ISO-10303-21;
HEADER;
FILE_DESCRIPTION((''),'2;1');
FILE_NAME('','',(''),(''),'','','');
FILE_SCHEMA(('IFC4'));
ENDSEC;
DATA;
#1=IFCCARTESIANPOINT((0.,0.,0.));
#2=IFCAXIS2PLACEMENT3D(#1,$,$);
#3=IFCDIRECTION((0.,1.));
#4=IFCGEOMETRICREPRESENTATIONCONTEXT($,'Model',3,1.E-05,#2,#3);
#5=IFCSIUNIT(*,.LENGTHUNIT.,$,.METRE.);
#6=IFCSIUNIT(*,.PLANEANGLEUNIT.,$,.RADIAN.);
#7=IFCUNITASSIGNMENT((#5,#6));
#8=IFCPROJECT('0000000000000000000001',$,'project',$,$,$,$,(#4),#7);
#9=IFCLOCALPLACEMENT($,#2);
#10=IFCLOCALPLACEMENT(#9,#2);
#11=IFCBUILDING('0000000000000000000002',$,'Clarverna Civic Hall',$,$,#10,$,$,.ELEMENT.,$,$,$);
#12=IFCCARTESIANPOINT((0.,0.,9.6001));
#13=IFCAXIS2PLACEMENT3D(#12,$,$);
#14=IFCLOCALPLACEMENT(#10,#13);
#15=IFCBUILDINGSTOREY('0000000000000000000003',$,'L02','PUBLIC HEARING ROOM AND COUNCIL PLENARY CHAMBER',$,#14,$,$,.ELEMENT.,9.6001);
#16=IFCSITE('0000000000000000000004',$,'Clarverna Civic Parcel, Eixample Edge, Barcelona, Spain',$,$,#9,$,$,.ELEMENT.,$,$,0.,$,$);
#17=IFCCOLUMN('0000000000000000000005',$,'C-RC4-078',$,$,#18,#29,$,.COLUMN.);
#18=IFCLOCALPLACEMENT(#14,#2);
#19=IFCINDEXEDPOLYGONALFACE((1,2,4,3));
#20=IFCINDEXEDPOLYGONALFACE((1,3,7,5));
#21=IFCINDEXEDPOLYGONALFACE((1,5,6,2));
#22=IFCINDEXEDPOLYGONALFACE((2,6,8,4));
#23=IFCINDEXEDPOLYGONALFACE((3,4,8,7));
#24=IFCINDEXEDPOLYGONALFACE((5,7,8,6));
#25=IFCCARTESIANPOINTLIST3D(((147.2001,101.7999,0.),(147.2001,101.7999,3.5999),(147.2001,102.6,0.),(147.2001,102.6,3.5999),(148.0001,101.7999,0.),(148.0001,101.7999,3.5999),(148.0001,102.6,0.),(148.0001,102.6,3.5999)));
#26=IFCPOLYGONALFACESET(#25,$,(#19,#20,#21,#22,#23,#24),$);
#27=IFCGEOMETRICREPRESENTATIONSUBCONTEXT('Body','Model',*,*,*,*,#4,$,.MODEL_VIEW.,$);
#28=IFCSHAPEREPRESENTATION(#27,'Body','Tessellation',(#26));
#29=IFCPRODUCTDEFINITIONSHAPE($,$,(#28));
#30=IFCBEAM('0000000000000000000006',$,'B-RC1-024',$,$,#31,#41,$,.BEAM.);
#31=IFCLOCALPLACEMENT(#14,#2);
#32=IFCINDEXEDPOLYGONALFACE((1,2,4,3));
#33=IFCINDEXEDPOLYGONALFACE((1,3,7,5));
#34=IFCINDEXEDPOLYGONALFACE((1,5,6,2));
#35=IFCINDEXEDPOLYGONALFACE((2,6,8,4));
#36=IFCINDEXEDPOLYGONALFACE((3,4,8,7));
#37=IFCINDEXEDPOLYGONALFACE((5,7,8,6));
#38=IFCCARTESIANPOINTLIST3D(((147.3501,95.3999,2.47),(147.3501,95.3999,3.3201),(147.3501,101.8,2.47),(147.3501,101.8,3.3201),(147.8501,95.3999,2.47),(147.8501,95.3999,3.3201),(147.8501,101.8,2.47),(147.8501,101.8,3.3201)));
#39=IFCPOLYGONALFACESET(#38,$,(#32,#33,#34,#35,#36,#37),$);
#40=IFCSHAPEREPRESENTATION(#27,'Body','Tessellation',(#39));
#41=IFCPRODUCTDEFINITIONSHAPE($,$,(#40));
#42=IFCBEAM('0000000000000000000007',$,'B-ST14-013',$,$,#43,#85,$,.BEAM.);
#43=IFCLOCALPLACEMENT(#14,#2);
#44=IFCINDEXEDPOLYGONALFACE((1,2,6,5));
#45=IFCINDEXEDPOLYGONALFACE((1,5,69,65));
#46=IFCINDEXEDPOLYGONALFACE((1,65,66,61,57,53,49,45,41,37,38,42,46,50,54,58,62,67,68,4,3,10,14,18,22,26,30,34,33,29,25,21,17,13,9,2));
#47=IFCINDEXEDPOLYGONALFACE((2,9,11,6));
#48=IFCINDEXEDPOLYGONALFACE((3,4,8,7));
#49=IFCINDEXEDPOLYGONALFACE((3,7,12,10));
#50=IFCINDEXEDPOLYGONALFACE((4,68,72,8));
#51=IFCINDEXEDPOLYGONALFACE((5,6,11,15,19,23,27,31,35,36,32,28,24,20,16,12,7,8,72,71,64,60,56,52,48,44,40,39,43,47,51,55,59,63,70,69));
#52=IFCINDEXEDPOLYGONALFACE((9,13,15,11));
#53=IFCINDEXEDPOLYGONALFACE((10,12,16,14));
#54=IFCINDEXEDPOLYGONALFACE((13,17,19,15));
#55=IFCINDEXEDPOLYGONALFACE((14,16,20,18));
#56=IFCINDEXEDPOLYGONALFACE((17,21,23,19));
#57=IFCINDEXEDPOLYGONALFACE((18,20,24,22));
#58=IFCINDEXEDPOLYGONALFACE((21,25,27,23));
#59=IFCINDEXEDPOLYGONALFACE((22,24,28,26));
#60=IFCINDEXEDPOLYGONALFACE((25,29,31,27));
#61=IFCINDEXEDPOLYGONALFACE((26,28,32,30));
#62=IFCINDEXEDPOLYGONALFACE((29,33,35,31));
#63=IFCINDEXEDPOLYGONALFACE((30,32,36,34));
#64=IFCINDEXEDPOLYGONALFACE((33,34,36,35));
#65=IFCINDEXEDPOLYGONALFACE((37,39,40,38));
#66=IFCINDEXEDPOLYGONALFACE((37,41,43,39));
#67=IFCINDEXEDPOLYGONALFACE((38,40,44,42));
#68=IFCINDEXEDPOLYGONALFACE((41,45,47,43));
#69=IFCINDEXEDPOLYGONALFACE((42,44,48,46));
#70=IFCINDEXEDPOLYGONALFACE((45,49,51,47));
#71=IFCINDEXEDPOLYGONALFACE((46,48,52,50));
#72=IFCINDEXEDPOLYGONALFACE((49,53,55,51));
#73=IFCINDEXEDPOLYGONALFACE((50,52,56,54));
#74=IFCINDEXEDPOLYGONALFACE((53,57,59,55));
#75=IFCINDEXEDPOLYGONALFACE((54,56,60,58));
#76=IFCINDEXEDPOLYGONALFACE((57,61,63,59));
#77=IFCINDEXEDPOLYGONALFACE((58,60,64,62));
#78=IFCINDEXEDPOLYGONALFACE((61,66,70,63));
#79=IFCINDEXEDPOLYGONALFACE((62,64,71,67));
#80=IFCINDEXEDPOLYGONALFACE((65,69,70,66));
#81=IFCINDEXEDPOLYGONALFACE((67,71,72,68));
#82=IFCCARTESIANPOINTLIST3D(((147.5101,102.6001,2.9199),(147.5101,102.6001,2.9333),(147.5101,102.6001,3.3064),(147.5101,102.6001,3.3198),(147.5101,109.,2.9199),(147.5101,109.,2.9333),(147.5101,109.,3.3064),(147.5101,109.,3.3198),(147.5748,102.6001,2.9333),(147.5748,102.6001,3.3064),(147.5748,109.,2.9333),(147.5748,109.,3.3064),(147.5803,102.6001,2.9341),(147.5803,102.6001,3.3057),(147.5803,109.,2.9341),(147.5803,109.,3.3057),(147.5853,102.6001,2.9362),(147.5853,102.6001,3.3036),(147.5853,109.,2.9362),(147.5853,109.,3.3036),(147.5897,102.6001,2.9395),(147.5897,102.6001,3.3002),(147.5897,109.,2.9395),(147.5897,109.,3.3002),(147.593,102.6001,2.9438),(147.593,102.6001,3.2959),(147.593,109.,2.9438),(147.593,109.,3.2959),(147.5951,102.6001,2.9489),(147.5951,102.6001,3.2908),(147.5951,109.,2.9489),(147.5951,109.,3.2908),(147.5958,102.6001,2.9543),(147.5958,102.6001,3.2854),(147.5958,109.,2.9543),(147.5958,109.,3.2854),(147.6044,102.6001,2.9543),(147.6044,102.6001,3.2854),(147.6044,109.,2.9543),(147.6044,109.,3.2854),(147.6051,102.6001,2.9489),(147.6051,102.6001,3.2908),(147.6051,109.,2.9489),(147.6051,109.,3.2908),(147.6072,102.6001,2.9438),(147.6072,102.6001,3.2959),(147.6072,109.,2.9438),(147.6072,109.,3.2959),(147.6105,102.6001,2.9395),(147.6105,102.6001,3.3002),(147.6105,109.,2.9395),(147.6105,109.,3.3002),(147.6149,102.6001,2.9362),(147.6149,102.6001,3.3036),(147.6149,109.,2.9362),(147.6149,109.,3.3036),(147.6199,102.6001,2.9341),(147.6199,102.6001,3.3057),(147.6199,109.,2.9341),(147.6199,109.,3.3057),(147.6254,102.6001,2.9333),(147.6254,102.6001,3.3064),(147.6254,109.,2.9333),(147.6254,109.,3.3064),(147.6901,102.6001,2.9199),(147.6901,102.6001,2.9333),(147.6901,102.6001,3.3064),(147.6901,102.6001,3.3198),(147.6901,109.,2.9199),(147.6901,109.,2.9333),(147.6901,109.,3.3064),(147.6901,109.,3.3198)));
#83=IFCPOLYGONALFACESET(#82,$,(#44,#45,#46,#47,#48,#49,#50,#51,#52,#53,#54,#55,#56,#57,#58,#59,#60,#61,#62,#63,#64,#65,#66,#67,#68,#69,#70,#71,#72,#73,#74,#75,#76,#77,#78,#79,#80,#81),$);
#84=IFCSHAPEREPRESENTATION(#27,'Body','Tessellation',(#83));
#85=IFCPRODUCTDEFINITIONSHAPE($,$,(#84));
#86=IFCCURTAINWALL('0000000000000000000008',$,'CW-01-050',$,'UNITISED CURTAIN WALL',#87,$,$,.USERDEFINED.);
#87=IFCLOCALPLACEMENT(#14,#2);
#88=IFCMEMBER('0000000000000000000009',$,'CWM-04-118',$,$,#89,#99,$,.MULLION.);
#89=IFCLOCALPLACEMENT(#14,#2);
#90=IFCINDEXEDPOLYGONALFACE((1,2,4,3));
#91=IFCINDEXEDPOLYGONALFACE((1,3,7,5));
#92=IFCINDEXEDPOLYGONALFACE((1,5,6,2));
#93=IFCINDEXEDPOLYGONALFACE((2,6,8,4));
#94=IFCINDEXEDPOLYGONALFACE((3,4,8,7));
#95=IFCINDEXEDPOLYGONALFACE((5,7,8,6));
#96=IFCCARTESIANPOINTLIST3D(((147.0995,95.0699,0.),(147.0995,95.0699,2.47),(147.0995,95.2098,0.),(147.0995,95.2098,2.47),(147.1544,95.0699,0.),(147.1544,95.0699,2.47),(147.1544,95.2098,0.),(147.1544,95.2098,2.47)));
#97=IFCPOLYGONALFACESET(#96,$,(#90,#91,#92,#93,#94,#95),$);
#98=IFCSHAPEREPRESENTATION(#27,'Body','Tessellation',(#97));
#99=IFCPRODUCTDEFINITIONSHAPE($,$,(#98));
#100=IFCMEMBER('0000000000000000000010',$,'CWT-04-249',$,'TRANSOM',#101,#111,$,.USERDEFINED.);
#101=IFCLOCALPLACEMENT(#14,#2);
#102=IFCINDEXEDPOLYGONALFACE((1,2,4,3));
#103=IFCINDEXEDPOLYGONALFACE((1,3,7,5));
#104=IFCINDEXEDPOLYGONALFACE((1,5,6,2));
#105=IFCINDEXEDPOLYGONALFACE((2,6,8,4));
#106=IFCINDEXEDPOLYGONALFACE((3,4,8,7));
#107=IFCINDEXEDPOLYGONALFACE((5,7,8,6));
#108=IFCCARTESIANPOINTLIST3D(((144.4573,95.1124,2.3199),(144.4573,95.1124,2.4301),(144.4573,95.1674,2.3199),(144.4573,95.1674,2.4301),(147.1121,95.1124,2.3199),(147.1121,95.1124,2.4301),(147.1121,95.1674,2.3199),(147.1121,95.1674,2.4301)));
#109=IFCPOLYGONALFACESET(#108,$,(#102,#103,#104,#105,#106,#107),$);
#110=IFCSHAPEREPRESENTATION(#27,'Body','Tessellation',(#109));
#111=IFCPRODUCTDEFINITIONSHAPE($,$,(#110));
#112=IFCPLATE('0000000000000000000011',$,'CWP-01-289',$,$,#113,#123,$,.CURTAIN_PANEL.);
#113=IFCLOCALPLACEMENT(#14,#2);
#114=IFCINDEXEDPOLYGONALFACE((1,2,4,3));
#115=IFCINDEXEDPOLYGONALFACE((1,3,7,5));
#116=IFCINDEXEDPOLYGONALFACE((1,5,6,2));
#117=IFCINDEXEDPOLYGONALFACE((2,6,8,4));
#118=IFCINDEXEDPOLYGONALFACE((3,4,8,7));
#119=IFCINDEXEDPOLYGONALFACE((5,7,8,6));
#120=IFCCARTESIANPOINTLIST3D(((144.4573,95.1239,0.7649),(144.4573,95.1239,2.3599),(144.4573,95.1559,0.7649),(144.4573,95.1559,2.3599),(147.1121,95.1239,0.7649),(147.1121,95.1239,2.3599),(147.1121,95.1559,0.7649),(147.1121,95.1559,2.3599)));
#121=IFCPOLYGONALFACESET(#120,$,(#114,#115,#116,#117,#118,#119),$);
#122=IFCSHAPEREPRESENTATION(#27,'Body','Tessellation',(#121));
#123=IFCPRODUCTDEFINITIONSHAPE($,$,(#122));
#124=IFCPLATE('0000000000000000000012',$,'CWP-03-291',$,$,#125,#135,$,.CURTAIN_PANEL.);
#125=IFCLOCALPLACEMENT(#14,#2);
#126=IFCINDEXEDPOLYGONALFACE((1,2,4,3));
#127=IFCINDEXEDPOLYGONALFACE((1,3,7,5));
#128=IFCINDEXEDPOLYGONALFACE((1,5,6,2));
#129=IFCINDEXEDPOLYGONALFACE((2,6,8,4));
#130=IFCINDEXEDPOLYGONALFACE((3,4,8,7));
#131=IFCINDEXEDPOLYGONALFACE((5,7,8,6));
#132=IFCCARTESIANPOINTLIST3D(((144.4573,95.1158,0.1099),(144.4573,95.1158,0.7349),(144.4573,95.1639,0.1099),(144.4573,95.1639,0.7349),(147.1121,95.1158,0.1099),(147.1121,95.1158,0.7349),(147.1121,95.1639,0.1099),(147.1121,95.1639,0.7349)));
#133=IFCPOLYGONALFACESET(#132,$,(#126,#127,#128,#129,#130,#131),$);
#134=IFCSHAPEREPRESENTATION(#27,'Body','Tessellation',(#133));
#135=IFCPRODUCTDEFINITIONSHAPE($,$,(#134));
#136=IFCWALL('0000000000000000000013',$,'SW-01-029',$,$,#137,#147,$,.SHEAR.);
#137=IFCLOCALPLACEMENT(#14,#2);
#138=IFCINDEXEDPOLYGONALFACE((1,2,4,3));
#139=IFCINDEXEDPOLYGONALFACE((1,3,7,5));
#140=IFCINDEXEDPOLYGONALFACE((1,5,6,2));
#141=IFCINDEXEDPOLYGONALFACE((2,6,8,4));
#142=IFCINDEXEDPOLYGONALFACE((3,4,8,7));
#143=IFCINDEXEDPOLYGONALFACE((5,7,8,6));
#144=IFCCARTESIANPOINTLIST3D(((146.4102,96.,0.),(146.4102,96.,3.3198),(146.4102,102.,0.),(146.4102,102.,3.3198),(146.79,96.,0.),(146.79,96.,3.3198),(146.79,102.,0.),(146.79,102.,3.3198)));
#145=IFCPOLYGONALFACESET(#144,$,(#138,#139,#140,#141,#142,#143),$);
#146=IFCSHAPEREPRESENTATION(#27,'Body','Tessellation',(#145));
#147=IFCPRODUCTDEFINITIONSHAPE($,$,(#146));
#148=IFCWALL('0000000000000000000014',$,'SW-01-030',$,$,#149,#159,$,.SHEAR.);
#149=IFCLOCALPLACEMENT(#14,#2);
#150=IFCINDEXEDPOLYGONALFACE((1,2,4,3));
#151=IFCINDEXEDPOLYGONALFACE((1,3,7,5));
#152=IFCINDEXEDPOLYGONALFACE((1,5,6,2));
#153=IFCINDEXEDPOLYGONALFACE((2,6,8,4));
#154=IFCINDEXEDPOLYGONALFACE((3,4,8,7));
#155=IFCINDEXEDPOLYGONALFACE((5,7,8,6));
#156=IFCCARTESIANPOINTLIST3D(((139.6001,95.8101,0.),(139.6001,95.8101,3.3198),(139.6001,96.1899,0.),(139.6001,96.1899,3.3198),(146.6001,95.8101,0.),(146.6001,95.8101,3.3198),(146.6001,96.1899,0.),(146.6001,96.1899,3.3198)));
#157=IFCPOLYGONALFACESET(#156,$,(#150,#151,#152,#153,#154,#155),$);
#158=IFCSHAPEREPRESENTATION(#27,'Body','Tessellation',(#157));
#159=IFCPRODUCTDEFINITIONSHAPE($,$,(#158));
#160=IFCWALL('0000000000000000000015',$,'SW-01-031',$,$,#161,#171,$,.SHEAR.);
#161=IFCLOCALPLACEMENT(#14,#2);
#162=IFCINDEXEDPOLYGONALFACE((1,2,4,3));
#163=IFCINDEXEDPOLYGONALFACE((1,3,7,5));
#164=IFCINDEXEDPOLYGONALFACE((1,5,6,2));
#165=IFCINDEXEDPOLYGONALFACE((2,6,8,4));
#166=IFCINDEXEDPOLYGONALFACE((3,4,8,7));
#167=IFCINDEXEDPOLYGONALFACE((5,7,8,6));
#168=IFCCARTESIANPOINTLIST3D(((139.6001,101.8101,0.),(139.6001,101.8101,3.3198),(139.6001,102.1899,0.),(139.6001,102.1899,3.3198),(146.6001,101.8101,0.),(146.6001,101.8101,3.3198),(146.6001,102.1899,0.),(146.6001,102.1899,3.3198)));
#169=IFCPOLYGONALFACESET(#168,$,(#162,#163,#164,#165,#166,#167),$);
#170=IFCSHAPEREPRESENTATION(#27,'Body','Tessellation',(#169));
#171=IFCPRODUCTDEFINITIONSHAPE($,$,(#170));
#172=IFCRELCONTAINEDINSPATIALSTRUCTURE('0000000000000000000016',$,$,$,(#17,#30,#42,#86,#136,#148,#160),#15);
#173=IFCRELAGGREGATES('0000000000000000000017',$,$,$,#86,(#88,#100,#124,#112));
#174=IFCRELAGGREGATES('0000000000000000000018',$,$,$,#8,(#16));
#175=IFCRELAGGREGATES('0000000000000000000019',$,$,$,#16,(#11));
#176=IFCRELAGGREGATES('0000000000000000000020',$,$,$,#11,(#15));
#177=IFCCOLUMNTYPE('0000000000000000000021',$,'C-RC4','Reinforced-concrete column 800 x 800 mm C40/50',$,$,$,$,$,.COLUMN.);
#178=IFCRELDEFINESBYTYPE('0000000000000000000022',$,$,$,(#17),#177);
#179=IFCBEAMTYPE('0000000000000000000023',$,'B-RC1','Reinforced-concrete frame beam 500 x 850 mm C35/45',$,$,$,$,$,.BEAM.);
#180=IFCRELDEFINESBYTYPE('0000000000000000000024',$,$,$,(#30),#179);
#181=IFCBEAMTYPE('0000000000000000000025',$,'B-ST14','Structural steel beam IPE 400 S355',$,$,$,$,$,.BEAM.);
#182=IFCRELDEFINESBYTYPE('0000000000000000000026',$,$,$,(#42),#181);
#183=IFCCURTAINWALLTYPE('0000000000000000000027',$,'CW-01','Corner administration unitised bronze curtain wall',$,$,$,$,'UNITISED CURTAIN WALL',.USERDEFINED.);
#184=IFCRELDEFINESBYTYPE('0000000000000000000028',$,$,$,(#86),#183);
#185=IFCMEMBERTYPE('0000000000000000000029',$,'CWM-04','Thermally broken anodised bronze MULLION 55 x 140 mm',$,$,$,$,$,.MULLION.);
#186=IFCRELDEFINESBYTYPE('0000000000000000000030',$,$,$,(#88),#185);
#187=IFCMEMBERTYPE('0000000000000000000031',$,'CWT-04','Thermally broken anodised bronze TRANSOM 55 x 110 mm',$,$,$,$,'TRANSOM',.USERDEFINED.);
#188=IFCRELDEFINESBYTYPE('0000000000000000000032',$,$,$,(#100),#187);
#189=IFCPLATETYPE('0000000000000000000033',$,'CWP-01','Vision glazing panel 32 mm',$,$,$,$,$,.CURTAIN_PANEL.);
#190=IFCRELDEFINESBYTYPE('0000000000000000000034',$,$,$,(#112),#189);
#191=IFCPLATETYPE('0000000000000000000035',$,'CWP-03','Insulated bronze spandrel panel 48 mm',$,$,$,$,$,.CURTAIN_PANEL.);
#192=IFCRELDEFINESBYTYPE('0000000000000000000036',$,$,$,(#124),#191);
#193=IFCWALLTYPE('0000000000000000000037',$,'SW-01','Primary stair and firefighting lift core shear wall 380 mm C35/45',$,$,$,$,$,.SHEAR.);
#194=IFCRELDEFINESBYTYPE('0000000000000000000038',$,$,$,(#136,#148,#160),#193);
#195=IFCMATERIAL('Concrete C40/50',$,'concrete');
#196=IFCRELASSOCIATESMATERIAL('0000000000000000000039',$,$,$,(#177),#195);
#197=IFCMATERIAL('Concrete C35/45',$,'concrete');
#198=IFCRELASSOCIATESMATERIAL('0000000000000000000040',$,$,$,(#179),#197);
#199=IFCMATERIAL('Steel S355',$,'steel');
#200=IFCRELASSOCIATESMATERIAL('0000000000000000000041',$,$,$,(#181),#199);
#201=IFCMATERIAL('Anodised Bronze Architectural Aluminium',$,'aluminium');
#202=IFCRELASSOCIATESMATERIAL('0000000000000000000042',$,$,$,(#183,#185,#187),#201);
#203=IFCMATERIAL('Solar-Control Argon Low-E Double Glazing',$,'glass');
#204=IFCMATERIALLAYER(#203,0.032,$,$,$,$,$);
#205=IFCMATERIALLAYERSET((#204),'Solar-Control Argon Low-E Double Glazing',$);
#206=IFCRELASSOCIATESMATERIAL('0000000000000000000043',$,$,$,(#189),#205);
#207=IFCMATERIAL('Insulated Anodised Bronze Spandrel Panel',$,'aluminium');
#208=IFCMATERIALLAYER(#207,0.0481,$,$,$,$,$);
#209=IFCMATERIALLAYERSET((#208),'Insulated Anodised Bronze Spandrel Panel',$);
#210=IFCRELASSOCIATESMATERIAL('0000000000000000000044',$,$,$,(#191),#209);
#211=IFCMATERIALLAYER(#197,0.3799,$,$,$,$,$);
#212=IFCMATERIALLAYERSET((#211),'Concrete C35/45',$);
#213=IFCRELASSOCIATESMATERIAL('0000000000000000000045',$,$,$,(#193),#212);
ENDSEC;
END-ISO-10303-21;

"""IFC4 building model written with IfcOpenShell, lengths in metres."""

from ifc_helpers import new_model, si_unit, direction, frame, frame_2d, origin, origin_2d, place, context, subcontext, project, spatial, rectangle, i_section, extrude, material, layer, layer_set, material_profile, profile_set, type_object, element, aggregate, save


model = new_model("IFC4")

# Units and contexts
model_context = context("Model", 3, precision=1e-05, world=origin(), true_north=direction((0.0, 1.0)))
body_context = subcontext(model_context, "Body", "Model", "MODEL_VIEW")
ifc_project = project(units=[si_unit("LENGTHUNIT", "METRE"), si_unit("PLANEANGLEUNIT", "RADIAN")], contexts=[model_context])

# Site, building, storey
site_placement = place(None, origin())
site = spatial("IfcSite", under=ifc_project, at=site_placement, Name="Clarverna Civic Parcel, Eixample Edge, Barcelona, Spain", CompositionType="ELEMENT", RefElevation=0.0)
building_placement = place(site_placement, origin())
building = spatial("IfcBuilding", under=site, at=building_placement, Name="Clarverna Civic Hall", CompositionType="ELEMENT")
storey_placement = place(building_placement, frame((0.0, 0.0, 9.6001)))
storey = spatial("IfcBuildingStorey", under=building, at=storey_placement, Name="L02", Description="PUBLIC HEARING ROOM AND COUNCIL PLENARY CHAMBER", CompositionType="ELEMENT", Elevation=9.6001)

# Column
ifc_material_1 = material(Name="Concrete C40/50", Category="concrete")
ifc_material_profile_1 = material_profile(ifc_material_1, rectangle(XDim=0.8, YDim=0.8, at=origin_2d()), Name="RC 800x800")
ifc_profile_set_1 = profile_set([ifc_material_profile_1], Name="Concrete C40/50")
column_type = type_object("IfcColumnType", Name="C-RC4", Description="Reinforced-concrete column 800 x 800 mm C40/50", PredefinedType="COLUMN", material=ifc_profile_set_1)
column_placement = place(storey_placement, frame((147.6001, 102.2, 0.0), z_axis=(0.0, 0.0, 1.0), x_axis=(1.0, 0.0, 0.0)))
element("IfcColumn", 1, at=column_placement, inside=storey, type_object=column_type, Name="C-RC4-078", PredefinedType="COLUMN", context=body_context, shape_type="SweptSolid", body=[
    extrude(rectangle(XDim=0.8, YDim=0.8, at=origin_2d()), origin(), (0.0, 0.0, 1.0), 3.5999),
])

# Beams
ifc_material_2 = material(Name="Concrete C35/45", Category="concrete")
ifc_material_profile_2 = material_profile(ifc_material_2, rectangle(XDim=0.5, YDim=0.8501, at=origin_2d()), Name="RC 500x850")
ifc_profile_set_2 = profile_set([ifc_material_profile_2], Name="Concrete C35/45")
beam_type_1 = type_object("IfcBeamType", Name="B-RC1", Description="Reinforced-concrete frame beam 500 x 850 mm C35/45", PredefinedType="BEAM", material=ifc_profile_set_2)
beam_1_placement = place(storey_placement, frame((147.6001, 95.3999, 2.895), z_axis=(0.0, 1.0, 0.0), x_axis=(-1.0, 0.0, 0.0)))
element("IfcBeam", 2, at=beam_1_placement, inside=storey, type_object=beam_type_1, Name="B-RC1-024", PredefinedType="BEAM", context=body_context, shape_type="SweptSolid", body=[
    extrude(rectangle(XDim=0.5, YDim=0.8501, at=origin_2d()), origin(), (0.0, 0.0, 1.0), 6.4001),
])
ifc_material_3 = material(Name="Steel S355", Category="steel")
ifc_material_profile_3 = material_profile(ifc_material_3, i_section(OverallWidth=0.1799, OverallDepth=0.3999, WebThickness=0.0085, FlangeThickness=0.0134, FilletRadius=0.021, at=origin_2d()), Name="IPE 400")
ifc_profile_set_3 = profile_set([ifc_material_profile_3], Name="Steel S355")
beam_type_2 = type_object("IfcBeamType", Name="B-ST14", Description="Structural steel beam IPE 400 S355", PredefinedType="BEAM", material=ifc_profile_set_3)
beam_2_placement = place(storey_placement, frame((147.6001, 102.6001, 3.1199), z_axis=(0.0, 1.0, 0.0), x_axis=(-1.0, 0.0, 0.0)))
element("IfcBeam", 3, at=beam_2_placement, inside=storey, type_object=beam_type_2, Name="B-ST14-013", PredefinedType="BEAM", context=body_context, shape_type="SweptSolid", body=[
    extrude(i_section(OverallWidth=0.1799, OverallDepth=0.3999, WebThickness=0.0085, FlangeThickness=0.0134, FilletRadius=0.021, at=origin_2d()), origin(), (0.0, 0.0, 1.0), 6.3999),
])

# Curtain wall, members, plates
ifc_material_4 = material(Name="Anodised Bronze Architectural Aluminium", Category="aluminium")
curtain_wall_type = type_object("IfcCurtainWallType", Name="CW-01", Description="Corner administration unitised bronze curtain wall", ElementType="UNITISED CURTAIN WALL", PredefinedType="USERDEFINED", material=ifc_material_4)
curtain_wall_placement = place(storey_placement, origin())
curtain_wall = element("IfcCurtainWall", 4, at=curtain_wall_placement, inside=storey, type_object=curtain_wall_type, Name="CW-01-050", ObjectType="UNITISED CURTAIN WALL", PredefinedType="USERDEFINED")
ifc_material_profile_4 = material_profile(ifc_material_4, rectangle(XDim=0.0549, YDim=0.1399, at=origin_2d()), Name="BRONZE 55x140")
ifc_profile_set_4 = profile_set([ifc_material_profile_4], Name="Anodised Bronze Architectural Aluminium")
member_type_1 = type_object("IfcMemberType", Name="CWM-04", Description="Thermally broken anodised bronze MULLION 55 x 140 mm", PredefinedType="MULLION", material=ifc_profile_set_4)
member_1_placement = place(storey_placement, frame((147.127, 95.1399, 0.0), z_axis=(0.0, 0.0, 1.0), x_axis=(1.0, 0.0, 0.0)))
member_1 = element("IfcMember", 5, at=member_1_placement, type_object=member_type_1, Name="CWM-04-118", PredefinedType="MULLION", context=body_context, shape_type="SweptSolid", body=[
    extrude(rectangle(XDim=0.0549, YDim=0.1399, at=origin_2d()), origin(), (0.0, 0.0, 1.0), 2.47),
])
ifc_material_profile_5 = material_profile(ifc_material_4, rectangle(XDim=0.0549, YDim=0.1101, at=origin_2d()), Name="BRONZE 55x110")
ifc_profile_set_5 = profile_set([ifc_material_profile_5], Name="Anodised Bronze Architectural Aluminium")
member_type_2 = type_object("IfcMemberType", Name="CWT-04", Description="Thermally broken anodised bronze TRANSOM 55 x 110 mm", ElementType="TRANSOM", PredefinedType="USERDEFINED", material=ifc_profile_set_5)
member_2_placement = place(storey_placement, frame((147.1121, 95.1399, 2.375), z_axis=(-1.0, 0.0, 0.0), x_axis=(0.0, -1.0, 0.0)))
member_2 = element("IfcMember", 6, at=member_2_placement, type_object=member_type_2, Name="CWT-04-249", ObjectType="TRANSOM", PredefinedType="USERDEFINED", context=body_context, shape_type="SweptSolid", body=[
    extrude(rectangle(XDim=0.0549, YDim=0.1101, at=origin_2d()), origin(), (0.0, 0.0, 1.0), 2.6548),
])
ifc_material_5 = material(Name="Solar-Control Argon Low-E Double Glazing", Category="glass")
ifc_layer_1 = layer(ifc_material_5, 0.032)
ifc_layer_set_1 = layer_set([ifc_layer_1], Name="Solar-Control Argon Low-E Double Glazing")
plate_type_1 = type_object("IfcPlateType", Name="CWP-01", Description="Vision glazing panel 32 mm", PredefinedType="CURTAIN_PANEL", material=ifc_layer_set_1)
plate_1_placement = place(storey_placement, frame((147.1121, 95.1399, 0.7649), z_axis=(0.0, 0.0, 1.0), x_axis=(-1.0, 0.0, 0.0)))
plate_1 = element("IfcPlate", 7, at=plate_1_placement, type_object=plate_type_1, Name="CWP-01-289", PredefinedType="CURTAIN_PANEL", context=body_context, shape_type="SweptSolid", body=[
    extrude(rectangle(XDim=2.6548, YDim=0.032, at=frame_2d((1.3274, 0.0))), origin(), (0.0, 0.0, 1.0), 1.595),
])
ifc_material_6 = material(Name="Insulated Anodised Bronze Spandrel Panel", Category="aluminium")
ifc_layer_2 = layer(ifc_material_6, 0.0481)
ifc_layer_set_2 = layer_set([ifc_layer_2], Name="Insulated Anodised Bronze Spandrel Panel")
plate_type_2 = type_object("IfcPlateType", Name="CWP-03", Description="Insulated bronze spandrel panel 48 mm", PredefinedType="CURTAIN_PANEL", material=ifc_layer_set_2)
plate_2_placement = place(storey_placement, frame((147.1121, 95.1399, 0.1099), z_axis=(0.0, 0.0, 1.0), x_axis=(-1.0, 0.0, 0.0)))
plate_2 = element("IfcPlate", 8, at=plate_2_placement, type_object=plate_type_2, Name="CWP-03-291", PredefinedType="CURTAIN_PANEL", context=body_context, shape_type="SweptSolid", body=[
    extrude(rectangle(XDim=2.6548, YDim=0.0481, at=frame_2d((1.3274, 0.0))), origin(), (0.0, 0.0, 1.0), 0.625),
])
aggregate(curtain_wall, [member_1, member_2, plate_2, plate_1])

# Shared definitions
ifc_layer_3 = layer(ifc_material_2, 0.3799)
ifc_layer_set_3 = layer_set([ifc_layer_3], Name="Concrete C35/45")
wall_type = type_object("IfcWallType", Name="SW-01", Description="Primary stair and firefighting lift core shear wall 380 mm C35/45", PredefinedType="SHEAR", material=ifc_layer_set_3)

# Walls
wall_1_placement = place(storey_placement, frame((146.6001, 96.0, 0.0), z_axis=(0.0, 0.0, 1.0), x_axis=(0.0, 1.0, 0.0)))
element("IfcWall", 9, at=wall_1_placement, inside=storey, type_object=wall_type, Name="SW-01-029", PredefinedType="SHEAR", context=body_context, shape_type="SweptSolid", body=[
    extrude(rectangle(XDim=6.0, YDim=0.3799, at=frame_2d((3.0, 0.0))), origin(), (0.0, 0.0, 1.0), 3.3198),
])
for number, where, z_axis, x_axis, name in (
    (10, (139.6001, 96.0, 0.0), (0.0, 0.0, 1.0), (1.0, 0.0, 0.0), "SW-01-030"),
    (11, (139.6001, 102.0, 0.0), (0.0, 0.0, 1.0), (1.0, 0.0, 0.0), "SW-01-031"),
):
    element("IfcWall", number, at=place(storey_placement, frame(where, z_axis=z_axis, x_axis=x_axis)), inside=storey, type_object=wall_type, Name=name, PredefinedType="SHEAR", context=body_context, shape_type="SweptSolid", body=[
        extrude(rectangle(XDim=7.0, YDim=0.3799, at=frame_2d((3.5, 0.0))), origin(), (0.0, 0.0, 1.0), 3.3198),
    ])

save(model, "model.ifc")
